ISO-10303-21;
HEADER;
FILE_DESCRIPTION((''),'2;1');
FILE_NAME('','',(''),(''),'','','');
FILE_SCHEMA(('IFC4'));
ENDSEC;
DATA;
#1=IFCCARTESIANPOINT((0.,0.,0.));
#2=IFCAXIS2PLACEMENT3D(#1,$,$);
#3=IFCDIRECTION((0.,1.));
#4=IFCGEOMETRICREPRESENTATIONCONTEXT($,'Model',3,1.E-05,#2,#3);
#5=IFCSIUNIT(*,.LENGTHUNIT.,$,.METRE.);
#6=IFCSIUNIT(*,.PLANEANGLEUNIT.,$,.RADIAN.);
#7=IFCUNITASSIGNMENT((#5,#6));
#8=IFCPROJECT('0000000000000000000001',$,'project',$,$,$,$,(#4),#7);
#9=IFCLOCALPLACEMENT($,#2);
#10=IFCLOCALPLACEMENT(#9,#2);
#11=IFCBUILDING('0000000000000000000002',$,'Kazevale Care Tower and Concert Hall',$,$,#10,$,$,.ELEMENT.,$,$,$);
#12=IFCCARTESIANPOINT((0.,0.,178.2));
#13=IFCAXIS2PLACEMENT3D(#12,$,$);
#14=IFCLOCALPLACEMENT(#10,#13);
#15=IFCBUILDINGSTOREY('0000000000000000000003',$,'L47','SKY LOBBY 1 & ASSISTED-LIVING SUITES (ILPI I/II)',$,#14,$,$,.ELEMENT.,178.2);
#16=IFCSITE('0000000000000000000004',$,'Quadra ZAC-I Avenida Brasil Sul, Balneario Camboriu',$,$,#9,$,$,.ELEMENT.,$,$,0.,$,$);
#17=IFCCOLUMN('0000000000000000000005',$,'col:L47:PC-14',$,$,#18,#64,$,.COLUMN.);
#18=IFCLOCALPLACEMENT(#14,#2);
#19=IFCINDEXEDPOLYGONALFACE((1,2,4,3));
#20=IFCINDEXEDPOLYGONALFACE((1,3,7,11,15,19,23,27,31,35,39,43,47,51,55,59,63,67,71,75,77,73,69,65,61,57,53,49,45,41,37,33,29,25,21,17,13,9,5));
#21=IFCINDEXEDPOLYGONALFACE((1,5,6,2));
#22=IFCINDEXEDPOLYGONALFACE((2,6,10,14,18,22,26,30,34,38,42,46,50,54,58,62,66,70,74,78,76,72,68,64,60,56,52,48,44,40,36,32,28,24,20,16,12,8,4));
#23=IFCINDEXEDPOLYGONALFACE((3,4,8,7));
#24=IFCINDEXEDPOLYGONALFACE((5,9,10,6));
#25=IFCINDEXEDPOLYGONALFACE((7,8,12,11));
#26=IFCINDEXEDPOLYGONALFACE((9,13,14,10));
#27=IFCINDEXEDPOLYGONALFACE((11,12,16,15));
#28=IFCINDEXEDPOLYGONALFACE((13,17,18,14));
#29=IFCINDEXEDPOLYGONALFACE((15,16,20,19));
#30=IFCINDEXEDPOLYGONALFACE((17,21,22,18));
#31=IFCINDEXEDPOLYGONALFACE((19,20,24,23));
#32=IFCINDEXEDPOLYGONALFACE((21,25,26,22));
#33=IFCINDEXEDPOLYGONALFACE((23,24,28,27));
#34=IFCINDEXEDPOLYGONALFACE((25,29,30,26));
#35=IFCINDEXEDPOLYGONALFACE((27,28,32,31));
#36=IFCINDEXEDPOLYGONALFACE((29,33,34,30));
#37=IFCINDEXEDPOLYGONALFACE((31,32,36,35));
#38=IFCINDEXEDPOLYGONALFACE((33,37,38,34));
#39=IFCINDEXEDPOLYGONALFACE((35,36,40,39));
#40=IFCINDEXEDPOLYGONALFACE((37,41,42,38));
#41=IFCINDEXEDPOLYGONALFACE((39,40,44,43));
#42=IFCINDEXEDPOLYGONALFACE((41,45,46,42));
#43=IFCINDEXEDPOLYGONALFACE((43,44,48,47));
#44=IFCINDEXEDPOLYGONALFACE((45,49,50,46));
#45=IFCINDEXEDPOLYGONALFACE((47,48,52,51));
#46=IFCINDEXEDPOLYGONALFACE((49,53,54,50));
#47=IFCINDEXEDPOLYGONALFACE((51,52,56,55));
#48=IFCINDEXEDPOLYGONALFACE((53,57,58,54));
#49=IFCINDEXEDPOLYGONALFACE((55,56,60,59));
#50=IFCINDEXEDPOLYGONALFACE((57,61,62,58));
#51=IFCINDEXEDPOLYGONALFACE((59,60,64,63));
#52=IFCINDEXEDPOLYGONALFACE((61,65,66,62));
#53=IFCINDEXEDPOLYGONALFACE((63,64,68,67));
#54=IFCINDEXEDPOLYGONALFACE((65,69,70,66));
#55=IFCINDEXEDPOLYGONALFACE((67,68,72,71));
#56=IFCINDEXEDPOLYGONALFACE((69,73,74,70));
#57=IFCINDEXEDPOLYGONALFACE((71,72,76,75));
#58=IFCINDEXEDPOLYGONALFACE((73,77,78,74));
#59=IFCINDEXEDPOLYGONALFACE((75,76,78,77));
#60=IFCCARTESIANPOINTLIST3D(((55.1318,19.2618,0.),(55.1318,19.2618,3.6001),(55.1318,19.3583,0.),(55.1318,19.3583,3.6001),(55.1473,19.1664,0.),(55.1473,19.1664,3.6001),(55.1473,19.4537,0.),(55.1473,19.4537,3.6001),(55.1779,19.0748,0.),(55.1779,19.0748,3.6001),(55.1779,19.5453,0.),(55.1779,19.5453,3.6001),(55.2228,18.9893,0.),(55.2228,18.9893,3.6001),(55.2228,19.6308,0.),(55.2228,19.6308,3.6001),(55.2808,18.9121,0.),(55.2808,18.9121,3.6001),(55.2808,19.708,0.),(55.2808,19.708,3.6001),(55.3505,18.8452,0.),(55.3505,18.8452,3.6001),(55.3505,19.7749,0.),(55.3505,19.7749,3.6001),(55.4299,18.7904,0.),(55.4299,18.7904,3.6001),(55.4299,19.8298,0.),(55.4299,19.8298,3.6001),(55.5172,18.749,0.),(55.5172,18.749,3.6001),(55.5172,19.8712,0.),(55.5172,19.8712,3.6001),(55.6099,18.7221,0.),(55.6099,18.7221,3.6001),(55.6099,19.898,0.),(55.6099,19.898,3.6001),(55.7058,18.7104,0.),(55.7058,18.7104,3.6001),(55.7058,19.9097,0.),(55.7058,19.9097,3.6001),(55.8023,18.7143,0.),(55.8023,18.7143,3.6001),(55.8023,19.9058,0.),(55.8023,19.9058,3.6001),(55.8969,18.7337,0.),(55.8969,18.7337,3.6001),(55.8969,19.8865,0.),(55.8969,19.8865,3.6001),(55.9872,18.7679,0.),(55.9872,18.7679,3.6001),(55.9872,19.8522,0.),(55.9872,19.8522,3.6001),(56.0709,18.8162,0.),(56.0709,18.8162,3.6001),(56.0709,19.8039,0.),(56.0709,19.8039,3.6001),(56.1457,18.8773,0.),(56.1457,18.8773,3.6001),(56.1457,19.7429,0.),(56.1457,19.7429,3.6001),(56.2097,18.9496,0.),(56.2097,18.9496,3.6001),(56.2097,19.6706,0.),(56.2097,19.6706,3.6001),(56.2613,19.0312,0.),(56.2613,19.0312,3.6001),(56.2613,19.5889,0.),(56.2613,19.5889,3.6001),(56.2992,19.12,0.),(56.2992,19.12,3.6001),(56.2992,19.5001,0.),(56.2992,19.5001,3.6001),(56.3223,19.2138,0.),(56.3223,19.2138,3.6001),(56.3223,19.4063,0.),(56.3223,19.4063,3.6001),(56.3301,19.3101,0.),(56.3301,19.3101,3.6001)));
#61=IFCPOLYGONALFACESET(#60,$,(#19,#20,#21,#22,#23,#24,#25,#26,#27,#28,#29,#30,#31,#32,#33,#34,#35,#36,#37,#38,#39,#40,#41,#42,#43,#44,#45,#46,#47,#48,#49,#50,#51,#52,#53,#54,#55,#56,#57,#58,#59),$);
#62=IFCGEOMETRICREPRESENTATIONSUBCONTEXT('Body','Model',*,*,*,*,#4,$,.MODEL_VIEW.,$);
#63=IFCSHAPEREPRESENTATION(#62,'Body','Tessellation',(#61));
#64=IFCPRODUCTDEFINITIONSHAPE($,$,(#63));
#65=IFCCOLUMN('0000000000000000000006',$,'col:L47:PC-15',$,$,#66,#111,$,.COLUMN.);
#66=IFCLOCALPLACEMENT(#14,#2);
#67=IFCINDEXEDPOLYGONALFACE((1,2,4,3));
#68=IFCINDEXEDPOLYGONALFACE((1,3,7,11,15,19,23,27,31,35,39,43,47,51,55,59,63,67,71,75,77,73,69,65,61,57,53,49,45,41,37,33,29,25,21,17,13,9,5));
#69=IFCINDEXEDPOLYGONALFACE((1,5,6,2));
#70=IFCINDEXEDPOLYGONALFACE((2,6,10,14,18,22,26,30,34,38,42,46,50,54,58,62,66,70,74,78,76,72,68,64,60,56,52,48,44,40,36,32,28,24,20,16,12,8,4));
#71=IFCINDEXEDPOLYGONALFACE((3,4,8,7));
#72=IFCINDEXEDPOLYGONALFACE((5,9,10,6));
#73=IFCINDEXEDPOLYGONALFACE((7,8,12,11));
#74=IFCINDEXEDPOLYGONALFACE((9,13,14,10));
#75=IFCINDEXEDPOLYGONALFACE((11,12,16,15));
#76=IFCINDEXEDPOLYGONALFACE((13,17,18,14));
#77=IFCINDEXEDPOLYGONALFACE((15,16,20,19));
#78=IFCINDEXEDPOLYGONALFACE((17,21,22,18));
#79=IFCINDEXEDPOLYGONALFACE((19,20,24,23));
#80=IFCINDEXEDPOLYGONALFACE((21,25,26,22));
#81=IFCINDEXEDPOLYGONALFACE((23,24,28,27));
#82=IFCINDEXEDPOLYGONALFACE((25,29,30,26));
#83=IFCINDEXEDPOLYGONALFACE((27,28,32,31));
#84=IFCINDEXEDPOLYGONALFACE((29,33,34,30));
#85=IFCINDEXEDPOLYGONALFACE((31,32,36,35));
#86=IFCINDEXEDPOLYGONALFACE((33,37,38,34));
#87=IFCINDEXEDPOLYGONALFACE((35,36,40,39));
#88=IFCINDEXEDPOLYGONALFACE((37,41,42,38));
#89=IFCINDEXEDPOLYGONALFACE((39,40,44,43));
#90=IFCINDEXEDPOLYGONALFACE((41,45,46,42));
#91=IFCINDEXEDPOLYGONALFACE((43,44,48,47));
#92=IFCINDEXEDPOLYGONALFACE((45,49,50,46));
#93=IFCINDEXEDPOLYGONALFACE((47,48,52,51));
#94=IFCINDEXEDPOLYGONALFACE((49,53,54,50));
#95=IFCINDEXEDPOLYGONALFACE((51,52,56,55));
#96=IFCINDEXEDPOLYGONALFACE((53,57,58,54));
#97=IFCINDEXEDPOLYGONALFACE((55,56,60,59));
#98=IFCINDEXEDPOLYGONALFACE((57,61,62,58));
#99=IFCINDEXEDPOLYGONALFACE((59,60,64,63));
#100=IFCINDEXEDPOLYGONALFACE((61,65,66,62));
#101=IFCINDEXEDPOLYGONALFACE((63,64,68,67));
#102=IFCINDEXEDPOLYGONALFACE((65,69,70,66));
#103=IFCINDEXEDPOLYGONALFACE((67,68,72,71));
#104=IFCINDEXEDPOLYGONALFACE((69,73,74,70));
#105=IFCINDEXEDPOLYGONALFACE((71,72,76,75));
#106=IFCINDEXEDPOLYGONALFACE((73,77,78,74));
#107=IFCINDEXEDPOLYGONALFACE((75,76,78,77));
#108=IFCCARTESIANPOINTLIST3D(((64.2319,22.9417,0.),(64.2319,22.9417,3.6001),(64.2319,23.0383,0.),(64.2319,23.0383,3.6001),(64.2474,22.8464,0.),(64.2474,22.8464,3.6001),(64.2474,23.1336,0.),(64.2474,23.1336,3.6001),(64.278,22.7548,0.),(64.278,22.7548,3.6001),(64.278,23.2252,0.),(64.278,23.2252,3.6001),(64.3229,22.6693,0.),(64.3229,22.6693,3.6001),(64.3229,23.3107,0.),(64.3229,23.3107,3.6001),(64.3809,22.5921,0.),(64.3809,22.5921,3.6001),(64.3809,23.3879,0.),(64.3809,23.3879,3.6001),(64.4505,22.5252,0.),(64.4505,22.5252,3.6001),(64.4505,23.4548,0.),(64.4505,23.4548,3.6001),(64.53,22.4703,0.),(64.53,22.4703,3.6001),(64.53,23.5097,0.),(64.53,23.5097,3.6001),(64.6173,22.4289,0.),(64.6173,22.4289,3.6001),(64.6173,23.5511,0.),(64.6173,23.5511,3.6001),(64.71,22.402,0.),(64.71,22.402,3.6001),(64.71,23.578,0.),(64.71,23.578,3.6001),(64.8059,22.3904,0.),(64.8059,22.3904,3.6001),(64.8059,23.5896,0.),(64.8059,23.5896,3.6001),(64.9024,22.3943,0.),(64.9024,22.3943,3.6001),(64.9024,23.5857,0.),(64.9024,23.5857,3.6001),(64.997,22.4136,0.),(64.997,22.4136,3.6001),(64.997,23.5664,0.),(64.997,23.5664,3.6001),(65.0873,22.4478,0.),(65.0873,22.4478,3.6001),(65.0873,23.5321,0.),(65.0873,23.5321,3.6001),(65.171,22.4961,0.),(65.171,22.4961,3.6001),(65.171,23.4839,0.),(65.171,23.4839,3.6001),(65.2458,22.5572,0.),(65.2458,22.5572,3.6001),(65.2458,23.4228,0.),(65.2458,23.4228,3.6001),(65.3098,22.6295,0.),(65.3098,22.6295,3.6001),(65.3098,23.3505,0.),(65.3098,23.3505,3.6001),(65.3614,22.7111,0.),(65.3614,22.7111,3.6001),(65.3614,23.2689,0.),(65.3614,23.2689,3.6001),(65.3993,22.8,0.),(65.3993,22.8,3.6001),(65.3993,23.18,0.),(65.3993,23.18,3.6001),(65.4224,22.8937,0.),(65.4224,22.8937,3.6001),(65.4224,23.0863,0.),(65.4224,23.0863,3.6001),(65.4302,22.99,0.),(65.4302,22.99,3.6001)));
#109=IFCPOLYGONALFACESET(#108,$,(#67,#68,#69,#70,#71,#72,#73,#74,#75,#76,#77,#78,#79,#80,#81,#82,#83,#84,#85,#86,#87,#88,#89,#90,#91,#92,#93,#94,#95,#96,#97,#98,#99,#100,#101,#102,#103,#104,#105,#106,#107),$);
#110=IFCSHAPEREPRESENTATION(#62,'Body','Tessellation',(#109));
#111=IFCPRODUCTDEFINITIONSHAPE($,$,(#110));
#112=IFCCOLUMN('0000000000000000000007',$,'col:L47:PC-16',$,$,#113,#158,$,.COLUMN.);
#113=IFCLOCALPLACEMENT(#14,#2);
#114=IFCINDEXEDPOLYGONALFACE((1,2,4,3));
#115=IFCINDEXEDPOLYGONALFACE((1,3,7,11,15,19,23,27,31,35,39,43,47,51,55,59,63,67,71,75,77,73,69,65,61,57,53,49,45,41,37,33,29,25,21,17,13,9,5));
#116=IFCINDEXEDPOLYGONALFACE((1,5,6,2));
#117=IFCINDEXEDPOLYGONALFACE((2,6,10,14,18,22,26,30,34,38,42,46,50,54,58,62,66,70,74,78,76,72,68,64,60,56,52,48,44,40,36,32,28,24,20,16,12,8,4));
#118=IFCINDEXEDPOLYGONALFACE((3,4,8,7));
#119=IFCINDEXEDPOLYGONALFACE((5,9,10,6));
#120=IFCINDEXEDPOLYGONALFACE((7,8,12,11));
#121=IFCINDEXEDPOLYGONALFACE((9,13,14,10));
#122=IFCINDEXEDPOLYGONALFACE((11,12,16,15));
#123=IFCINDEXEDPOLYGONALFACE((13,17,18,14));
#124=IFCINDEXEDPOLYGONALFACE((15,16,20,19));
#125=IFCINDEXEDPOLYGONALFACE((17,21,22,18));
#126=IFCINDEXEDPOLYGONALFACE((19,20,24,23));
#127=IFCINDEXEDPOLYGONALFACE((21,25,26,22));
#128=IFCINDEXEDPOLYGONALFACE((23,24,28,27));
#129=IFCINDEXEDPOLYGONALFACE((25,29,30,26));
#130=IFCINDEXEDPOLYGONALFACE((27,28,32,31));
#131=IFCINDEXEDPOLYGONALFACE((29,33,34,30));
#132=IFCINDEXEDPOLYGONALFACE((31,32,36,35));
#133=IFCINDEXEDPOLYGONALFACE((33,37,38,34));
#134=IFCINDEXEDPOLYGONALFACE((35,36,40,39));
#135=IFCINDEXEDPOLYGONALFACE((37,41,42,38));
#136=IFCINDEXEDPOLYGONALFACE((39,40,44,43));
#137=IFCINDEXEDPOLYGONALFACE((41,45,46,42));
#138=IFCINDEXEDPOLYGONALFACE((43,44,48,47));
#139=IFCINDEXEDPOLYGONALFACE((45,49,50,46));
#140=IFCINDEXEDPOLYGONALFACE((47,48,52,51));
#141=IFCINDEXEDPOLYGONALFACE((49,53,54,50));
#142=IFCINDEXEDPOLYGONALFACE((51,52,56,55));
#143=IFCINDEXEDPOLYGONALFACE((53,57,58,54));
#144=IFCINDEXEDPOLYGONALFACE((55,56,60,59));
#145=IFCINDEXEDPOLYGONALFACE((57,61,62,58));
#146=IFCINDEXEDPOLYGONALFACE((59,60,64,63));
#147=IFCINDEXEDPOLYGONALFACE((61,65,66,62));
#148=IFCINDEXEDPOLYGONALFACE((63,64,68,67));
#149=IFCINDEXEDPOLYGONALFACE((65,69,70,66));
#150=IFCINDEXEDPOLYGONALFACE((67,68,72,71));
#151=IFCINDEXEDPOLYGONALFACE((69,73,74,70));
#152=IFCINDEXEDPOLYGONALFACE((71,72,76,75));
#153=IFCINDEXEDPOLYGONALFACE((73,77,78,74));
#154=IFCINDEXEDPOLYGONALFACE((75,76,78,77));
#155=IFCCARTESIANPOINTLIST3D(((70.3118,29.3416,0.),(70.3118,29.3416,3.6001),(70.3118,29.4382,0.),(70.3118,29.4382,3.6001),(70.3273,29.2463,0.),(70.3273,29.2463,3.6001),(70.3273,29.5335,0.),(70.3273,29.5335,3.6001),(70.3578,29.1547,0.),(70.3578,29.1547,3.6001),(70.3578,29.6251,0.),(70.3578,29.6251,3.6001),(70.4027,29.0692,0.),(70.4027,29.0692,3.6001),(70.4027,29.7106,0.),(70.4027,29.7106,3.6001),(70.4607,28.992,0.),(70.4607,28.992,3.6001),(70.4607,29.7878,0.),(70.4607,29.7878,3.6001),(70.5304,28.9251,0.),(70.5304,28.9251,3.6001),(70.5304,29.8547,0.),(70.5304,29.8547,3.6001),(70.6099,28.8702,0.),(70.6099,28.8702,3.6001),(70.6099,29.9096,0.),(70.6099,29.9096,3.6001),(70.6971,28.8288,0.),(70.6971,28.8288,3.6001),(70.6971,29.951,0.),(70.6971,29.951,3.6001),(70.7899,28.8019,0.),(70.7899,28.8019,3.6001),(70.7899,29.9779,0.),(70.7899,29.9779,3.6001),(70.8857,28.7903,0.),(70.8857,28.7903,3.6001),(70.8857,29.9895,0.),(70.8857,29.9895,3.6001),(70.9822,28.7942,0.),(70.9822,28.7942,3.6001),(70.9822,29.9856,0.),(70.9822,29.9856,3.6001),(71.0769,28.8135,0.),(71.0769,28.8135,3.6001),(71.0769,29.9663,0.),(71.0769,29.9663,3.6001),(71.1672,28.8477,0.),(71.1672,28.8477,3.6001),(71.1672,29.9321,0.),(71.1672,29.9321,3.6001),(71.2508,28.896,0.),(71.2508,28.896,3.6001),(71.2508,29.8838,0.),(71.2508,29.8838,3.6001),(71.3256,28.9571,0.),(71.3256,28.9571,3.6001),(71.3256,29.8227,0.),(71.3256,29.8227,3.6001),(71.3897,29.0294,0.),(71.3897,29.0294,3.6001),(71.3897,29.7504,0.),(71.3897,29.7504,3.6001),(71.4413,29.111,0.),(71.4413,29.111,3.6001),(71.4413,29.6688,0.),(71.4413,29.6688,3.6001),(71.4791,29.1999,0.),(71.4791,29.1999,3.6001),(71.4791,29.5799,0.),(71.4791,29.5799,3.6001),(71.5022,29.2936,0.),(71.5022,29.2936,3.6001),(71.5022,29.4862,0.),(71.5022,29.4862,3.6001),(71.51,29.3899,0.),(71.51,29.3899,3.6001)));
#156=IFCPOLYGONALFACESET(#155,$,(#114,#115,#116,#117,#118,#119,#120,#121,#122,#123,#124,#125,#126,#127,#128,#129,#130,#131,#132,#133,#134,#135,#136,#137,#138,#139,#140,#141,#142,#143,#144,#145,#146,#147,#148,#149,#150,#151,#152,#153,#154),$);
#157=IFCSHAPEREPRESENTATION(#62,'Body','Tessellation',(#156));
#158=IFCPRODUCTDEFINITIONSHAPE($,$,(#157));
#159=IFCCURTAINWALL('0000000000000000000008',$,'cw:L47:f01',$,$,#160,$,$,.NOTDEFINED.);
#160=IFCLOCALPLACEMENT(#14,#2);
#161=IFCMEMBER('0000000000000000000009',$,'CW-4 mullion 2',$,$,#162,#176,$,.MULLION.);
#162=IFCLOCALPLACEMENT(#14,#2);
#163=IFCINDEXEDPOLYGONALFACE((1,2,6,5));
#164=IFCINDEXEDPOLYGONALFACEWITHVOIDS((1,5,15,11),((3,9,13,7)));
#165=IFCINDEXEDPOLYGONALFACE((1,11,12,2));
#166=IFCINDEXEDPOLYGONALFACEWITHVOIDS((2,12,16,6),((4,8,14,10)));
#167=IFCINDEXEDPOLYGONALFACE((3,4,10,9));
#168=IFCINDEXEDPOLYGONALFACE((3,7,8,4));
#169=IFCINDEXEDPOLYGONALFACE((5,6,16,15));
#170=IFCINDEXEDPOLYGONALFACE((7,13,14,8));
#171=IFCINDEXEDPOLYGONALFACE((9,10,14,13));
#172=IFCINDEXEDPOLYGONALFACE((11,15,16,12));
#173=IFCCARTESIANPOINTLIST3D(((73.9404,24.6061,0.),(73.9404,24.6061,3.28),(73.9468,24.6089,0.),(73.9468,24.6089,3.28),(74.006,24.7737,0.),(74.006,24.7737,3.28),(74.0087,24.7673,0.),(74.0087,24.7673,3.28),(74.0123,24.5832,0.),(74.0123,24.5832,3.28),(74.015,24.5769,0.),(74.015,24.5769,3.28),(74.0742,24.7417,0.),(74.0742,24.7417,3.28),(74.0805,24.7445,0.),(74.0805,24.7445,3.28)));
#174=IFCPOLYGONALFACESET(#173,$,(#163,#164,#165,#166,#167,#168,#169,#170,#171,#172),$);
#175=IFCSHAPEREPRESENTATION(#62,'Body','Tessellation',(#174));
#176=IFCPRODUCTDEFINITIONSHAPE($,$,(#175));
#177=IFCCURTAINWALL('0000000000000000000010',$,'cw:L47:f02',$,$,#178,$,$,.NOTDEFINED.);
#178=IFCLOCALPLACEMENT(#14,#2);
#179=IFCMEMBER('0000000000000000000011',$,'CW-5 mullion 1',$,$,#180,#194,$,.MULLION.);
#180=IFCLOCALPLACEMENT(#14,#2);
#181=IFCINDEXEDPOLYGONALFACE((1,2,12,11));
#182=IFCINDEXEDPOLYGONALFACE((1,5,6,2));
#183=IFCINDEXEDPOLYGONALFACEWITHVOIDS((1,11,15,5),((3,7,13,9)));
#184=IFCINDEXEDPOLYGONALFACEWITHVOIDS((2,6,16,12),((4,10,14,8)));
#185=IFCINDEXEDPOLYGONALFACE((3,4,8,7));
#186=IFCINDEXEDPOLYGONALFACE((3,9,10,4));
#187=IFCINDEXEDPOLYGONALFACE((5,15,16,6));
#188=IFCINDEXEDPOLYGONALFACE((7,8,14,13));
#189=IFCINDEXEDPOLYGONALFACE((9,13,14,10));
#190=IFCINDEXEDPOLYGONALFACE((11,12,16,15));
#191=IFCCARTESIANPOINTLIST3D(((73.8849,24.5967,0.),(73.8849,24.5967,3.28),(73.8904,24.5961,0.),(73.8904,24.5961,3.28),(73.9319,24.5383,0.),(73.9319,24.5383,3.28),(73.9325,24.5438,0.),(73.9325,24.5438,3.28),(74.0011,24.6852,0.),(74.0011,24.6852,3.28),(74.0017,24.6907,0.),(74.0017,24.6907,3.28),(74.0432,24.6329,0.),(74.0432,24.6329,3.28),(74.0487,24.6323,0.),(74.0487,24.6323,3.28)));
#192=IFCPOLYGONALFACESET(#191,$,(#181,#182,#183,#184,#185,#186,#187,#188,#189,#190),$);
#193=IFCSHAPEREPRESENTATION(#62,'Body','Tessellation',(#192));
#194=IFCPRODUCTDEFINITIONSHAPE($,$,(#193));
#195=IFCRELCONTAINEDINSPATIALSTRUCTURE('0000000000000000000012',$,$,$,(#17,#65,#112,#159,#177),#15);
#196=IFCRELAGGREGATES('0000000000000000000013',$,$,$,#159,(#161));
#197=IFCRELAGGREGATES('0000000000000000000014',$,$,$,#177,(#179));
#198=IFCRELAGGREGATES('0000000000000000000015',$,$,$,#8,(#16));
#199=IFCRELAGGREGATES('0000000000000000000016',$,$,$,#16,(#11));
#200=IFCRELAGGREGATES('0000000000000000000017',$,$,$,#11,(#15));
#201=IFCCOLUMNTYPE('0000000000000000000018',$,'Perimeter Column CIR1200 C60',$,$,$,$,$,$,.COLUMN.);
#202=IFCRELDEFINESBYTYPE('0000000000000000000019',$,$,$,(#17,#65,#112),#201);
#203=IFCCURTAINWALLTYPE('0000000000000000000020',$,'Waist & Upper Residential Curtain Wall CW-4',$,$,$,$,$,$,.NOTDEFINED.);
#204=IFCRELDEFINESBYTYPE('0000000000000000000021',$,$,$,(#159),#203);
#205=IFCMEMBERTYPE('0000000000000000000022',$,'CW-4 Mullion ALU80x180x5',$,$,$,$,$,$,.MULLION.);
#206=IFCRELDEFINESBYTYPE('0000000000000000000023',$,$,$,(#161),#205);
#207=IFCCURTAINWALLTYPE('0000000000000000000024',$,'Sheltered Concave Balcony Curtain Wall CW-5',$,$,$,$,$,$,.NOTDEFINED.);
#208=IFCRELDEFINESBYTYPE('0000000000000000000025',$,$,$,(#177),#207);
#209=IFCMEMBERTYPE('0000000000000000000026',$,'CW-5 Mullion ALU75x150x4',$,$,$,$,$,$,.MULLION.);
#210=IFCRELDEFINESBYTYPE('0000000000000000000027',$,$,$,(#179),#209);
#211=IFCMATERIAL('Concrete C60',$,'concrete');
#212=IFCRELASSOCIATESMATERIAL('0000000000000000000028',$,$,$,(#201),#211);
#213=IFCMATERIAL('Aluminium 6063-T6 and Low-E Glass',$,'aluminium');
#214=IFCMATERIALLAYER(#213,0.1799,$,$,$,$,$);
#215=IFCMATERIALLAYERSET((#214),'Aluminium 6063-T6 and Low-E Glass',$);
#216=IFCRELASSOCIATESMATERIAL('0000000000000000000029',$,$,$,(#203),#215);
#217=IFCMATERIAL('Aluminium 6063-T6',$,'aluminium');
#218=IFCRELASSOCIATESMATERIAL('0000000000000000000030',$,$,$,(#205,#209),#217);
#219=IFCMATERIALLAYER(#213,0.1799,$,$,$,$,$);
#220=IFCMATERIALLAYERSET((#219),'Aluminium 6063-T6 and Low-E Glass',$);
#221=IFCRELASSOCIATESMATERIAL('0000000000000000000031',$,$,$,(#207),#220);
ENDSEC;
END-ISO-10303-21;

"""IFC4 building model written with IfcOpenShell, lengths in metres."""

from ifc_helpers import new_model, si_unit, direction, frame, origin, origin_2d, place, context, subcontext, project, spatial, hollow_rectangle, circle, extrude, material, layer, layer_set, material_profile, profile_set, type_object, element, aggregate, save


model = new_model("IFC4")

# Units and contexts
model_context = context("Model", 3, precision=1e-05, world=origin(), true_north=direction((0.0, 1.0)))
body_context = subcontext(model_context, "Body", "Model", "MODEL_VIEW")
ifc_project = project(units=[si_unit("LENGTHUNIT", "METRE"), si_unit("PLANEANGLEUNIT", "RADIAN")], contexts=[model_context])

# Site, building, storey
site_placement = place(None, origin())
site = spatial("IfcSite", under=ifc_project, at=site_placement, Name="Quadra ZAC-I Avenida Brasil Sul, Balneario Camboriu", CompositionType="ELEMENT", RefElevation=0.0)
building_placement = place(site_placement, origin())
building = spatial("IfcBuilding", under=site, at=building_placement, Name="Kazevale Care Tower and Concert Hall", CompositionType="ELEMENT")
storey_placement = place(building_placement, frame((0.0, 0.0, 178.2)))
storey = spatial("IfcBuildingStorey", under=building, at=storey_placement, Name="L47", Description="SKY LOBBY 1 & ASSISTED-LIVING SUITES (ILPI I/II)", CompositionType="ELEMENT", Elevation=178.2)

# Columns
ifc_material_1 = material(Name="Concrete C60", Category="concrete")
ifc_material_profile_1 = material_profile(ifc_material_1, circle(Radius=0.6001, at=origin_2d()), Name="RC-CIR1200")
ifc_profile_set_1 = profile_set([ifc_material_profile_1], Name="Concrete C60")
column_type = type_object("IfcColumnType", Name="Perimeter Column CIR1200 C60", PredefinedType="COLUMN", material=ifc_profile_set_1)
for number, where, z_axis, x_axis, name in (
    (1, (55.73, 19.3101, 0.0), (0.0, 0.0, 1.0), (1.0, 0.0, 0.0), "col:L47:PC-14"),
    (2, (64.8301, 22.99, 0.0), (0.0, 0.0, 1.0), (1.0, 0.0, 0.0), "col:L47:PC-15"),
    (3, (70.9099, 29.3899, 0.0), (0.0, 0.0, 1.0), (1.0, 0.0, 0.0), "col:L47:PC-16"),
):
    element("IfcColumn", number, at=place(storey_placement, frame(where, z_axis=z_axis, x_axis=x_axis)), inside=storey, type_object=column_type, Name=name, PredefinedType="COLUMN", context=body_context, shape_type="SweptSolid", body=[
        extrude(circle(Radius=0.6001, at=origin_2d()), origin(), (0.0, 0.0, 1.0), 3.6001),
    ])

# Curtain wall, member
ifc_material_2 = material(Name="Aluminium 6063-T6 and Low-E Glass", Category="aluminium")
ifc_layer_1 = layer(ifc_material_2, 0.1799)
ifc_layer_set_1 = layer_set([ifc_layer_1], Name="Aluminium 6063-T6 and Low-E Glass")
curtain_wall_type_1 = type_object("IfcCurtainWallType", Name="Waist & Upper Residential Curtain Wall CW-4", PredefinedType="NOTDEFINED", material=ifc_layer_set_1)
curtain_wall_1_placement = place(storey_placement, origin())
curtain_wall_1 = element("IfcCurtainWall", 4, at=curtain_wall_1_placement, inside=storey, type_object=curtain_wall_type_1, Name="cw:L47:f01", PredefinedType="NOTDEFINED")
ifc_material_3 = material(Name="Aluminium 6063-T6", Category="aluminium")
ifc_material_profile_2 = material_profile(ifc_material_3, hollow_rectangle(XDim=0.0801, YDim=0.1799, WallThickness=0.0049, at=origin_2d()), Name="ALU80x180x5")
ifc_profile_set_2 = profile_set([ifc_material_profile_2], Name="Aluminium 6063-T6")
member_type_1 = type_object("IfcMemberType", Name="CW-4 Mullion ALU80x180x5", PredefinedType="MULLION", material=ifc_profile_set_2)
member_1_placement = place(storey_placement, frame((74.0105, 24.6753, 0.0), z_axis=(0.0, 0.0, 1.0), x_axis=(0.931352, -0.364121, 0.0)))
member_1 = element("IfcMember", 5, at=member_1_placement, type_object=member_type_1, Name="CW-4 mullion 2", PredefinedType="MULLION", context=body_context, shape_type="SweptSolid", body=[
    extrude(hollow_rectangle(XDim=0.0801, YDim=0.1799, WallThickness=0.0049, at=origin_2d()), origin(), (0.0, 0.0, 1.0), 3.28),
])
aggregate(curtain_wall_1, [member_1])

# Curtain wall, member
ifc_layer_2 = layer(ifc_material_2, 0.1799)
ifc_layer_set_2 = layer_set([ifc_layer_2], Name="Aluminium 6063-T6 and Low-E Glass")
curtain_wall_type_2 = type_object("IfcCurtainWallType", Name="Sheltered Concave Balcony Curtain Wall CW-5", PredefinedType="NOTDEFINED", material=ifc_layer_set_2)
curtain_wall_2_placement = place(storey_placement, origin())
curtain_wall_2 = element("IfcCurtainWall", 6, at=curtain_wall_2_placement, inside=storey, type_object=curtain_wall_type_2, Name="cw:L47:f02", PredefinedType="NOTDEFINED")
ifc_material_profile_3 = material_profile(ifc_material_3, hollow_rectangle(XDim=0.075, YDim=0.1499, WallThickness=0.0039, at=origin_2d()), Name="ALU75x150x4")
ifc_profile_set_3 = profile_set([ifc_material_profile_3], Name="Aluminium 6063-T6")
member_type_2 = type_object("IfcMemberType", Name="CW-5 Mullion ALU75x150x4", PredefinedType="MULLION", material=ifc_profile_set_3)
member_2_placement = place(storey_placement, frame((73.9668, 24.6145, 0.0), z_axis=(0.0, 0.0, 1.0), x_axis=(0.626905, -0.779095, 0.0)))
member_2 = element("IfcMember", 7, at=member_2_placement, type_object=member_type_2, Name="CW-5 mullion 1", PredefinedType="MULLION", context=body_context, shape_type="SweptSolid", body=[
    extrude(hollow_rectangle(XDim=0.075, YDim=0.1499, WallThickness=0.0039, at=origin_2d()), origin(), (0.0, 0.0, 1.0), 3.28),
])

aggregate(curtain_wall_2, [member_2])

save(model, "model.ifc")
